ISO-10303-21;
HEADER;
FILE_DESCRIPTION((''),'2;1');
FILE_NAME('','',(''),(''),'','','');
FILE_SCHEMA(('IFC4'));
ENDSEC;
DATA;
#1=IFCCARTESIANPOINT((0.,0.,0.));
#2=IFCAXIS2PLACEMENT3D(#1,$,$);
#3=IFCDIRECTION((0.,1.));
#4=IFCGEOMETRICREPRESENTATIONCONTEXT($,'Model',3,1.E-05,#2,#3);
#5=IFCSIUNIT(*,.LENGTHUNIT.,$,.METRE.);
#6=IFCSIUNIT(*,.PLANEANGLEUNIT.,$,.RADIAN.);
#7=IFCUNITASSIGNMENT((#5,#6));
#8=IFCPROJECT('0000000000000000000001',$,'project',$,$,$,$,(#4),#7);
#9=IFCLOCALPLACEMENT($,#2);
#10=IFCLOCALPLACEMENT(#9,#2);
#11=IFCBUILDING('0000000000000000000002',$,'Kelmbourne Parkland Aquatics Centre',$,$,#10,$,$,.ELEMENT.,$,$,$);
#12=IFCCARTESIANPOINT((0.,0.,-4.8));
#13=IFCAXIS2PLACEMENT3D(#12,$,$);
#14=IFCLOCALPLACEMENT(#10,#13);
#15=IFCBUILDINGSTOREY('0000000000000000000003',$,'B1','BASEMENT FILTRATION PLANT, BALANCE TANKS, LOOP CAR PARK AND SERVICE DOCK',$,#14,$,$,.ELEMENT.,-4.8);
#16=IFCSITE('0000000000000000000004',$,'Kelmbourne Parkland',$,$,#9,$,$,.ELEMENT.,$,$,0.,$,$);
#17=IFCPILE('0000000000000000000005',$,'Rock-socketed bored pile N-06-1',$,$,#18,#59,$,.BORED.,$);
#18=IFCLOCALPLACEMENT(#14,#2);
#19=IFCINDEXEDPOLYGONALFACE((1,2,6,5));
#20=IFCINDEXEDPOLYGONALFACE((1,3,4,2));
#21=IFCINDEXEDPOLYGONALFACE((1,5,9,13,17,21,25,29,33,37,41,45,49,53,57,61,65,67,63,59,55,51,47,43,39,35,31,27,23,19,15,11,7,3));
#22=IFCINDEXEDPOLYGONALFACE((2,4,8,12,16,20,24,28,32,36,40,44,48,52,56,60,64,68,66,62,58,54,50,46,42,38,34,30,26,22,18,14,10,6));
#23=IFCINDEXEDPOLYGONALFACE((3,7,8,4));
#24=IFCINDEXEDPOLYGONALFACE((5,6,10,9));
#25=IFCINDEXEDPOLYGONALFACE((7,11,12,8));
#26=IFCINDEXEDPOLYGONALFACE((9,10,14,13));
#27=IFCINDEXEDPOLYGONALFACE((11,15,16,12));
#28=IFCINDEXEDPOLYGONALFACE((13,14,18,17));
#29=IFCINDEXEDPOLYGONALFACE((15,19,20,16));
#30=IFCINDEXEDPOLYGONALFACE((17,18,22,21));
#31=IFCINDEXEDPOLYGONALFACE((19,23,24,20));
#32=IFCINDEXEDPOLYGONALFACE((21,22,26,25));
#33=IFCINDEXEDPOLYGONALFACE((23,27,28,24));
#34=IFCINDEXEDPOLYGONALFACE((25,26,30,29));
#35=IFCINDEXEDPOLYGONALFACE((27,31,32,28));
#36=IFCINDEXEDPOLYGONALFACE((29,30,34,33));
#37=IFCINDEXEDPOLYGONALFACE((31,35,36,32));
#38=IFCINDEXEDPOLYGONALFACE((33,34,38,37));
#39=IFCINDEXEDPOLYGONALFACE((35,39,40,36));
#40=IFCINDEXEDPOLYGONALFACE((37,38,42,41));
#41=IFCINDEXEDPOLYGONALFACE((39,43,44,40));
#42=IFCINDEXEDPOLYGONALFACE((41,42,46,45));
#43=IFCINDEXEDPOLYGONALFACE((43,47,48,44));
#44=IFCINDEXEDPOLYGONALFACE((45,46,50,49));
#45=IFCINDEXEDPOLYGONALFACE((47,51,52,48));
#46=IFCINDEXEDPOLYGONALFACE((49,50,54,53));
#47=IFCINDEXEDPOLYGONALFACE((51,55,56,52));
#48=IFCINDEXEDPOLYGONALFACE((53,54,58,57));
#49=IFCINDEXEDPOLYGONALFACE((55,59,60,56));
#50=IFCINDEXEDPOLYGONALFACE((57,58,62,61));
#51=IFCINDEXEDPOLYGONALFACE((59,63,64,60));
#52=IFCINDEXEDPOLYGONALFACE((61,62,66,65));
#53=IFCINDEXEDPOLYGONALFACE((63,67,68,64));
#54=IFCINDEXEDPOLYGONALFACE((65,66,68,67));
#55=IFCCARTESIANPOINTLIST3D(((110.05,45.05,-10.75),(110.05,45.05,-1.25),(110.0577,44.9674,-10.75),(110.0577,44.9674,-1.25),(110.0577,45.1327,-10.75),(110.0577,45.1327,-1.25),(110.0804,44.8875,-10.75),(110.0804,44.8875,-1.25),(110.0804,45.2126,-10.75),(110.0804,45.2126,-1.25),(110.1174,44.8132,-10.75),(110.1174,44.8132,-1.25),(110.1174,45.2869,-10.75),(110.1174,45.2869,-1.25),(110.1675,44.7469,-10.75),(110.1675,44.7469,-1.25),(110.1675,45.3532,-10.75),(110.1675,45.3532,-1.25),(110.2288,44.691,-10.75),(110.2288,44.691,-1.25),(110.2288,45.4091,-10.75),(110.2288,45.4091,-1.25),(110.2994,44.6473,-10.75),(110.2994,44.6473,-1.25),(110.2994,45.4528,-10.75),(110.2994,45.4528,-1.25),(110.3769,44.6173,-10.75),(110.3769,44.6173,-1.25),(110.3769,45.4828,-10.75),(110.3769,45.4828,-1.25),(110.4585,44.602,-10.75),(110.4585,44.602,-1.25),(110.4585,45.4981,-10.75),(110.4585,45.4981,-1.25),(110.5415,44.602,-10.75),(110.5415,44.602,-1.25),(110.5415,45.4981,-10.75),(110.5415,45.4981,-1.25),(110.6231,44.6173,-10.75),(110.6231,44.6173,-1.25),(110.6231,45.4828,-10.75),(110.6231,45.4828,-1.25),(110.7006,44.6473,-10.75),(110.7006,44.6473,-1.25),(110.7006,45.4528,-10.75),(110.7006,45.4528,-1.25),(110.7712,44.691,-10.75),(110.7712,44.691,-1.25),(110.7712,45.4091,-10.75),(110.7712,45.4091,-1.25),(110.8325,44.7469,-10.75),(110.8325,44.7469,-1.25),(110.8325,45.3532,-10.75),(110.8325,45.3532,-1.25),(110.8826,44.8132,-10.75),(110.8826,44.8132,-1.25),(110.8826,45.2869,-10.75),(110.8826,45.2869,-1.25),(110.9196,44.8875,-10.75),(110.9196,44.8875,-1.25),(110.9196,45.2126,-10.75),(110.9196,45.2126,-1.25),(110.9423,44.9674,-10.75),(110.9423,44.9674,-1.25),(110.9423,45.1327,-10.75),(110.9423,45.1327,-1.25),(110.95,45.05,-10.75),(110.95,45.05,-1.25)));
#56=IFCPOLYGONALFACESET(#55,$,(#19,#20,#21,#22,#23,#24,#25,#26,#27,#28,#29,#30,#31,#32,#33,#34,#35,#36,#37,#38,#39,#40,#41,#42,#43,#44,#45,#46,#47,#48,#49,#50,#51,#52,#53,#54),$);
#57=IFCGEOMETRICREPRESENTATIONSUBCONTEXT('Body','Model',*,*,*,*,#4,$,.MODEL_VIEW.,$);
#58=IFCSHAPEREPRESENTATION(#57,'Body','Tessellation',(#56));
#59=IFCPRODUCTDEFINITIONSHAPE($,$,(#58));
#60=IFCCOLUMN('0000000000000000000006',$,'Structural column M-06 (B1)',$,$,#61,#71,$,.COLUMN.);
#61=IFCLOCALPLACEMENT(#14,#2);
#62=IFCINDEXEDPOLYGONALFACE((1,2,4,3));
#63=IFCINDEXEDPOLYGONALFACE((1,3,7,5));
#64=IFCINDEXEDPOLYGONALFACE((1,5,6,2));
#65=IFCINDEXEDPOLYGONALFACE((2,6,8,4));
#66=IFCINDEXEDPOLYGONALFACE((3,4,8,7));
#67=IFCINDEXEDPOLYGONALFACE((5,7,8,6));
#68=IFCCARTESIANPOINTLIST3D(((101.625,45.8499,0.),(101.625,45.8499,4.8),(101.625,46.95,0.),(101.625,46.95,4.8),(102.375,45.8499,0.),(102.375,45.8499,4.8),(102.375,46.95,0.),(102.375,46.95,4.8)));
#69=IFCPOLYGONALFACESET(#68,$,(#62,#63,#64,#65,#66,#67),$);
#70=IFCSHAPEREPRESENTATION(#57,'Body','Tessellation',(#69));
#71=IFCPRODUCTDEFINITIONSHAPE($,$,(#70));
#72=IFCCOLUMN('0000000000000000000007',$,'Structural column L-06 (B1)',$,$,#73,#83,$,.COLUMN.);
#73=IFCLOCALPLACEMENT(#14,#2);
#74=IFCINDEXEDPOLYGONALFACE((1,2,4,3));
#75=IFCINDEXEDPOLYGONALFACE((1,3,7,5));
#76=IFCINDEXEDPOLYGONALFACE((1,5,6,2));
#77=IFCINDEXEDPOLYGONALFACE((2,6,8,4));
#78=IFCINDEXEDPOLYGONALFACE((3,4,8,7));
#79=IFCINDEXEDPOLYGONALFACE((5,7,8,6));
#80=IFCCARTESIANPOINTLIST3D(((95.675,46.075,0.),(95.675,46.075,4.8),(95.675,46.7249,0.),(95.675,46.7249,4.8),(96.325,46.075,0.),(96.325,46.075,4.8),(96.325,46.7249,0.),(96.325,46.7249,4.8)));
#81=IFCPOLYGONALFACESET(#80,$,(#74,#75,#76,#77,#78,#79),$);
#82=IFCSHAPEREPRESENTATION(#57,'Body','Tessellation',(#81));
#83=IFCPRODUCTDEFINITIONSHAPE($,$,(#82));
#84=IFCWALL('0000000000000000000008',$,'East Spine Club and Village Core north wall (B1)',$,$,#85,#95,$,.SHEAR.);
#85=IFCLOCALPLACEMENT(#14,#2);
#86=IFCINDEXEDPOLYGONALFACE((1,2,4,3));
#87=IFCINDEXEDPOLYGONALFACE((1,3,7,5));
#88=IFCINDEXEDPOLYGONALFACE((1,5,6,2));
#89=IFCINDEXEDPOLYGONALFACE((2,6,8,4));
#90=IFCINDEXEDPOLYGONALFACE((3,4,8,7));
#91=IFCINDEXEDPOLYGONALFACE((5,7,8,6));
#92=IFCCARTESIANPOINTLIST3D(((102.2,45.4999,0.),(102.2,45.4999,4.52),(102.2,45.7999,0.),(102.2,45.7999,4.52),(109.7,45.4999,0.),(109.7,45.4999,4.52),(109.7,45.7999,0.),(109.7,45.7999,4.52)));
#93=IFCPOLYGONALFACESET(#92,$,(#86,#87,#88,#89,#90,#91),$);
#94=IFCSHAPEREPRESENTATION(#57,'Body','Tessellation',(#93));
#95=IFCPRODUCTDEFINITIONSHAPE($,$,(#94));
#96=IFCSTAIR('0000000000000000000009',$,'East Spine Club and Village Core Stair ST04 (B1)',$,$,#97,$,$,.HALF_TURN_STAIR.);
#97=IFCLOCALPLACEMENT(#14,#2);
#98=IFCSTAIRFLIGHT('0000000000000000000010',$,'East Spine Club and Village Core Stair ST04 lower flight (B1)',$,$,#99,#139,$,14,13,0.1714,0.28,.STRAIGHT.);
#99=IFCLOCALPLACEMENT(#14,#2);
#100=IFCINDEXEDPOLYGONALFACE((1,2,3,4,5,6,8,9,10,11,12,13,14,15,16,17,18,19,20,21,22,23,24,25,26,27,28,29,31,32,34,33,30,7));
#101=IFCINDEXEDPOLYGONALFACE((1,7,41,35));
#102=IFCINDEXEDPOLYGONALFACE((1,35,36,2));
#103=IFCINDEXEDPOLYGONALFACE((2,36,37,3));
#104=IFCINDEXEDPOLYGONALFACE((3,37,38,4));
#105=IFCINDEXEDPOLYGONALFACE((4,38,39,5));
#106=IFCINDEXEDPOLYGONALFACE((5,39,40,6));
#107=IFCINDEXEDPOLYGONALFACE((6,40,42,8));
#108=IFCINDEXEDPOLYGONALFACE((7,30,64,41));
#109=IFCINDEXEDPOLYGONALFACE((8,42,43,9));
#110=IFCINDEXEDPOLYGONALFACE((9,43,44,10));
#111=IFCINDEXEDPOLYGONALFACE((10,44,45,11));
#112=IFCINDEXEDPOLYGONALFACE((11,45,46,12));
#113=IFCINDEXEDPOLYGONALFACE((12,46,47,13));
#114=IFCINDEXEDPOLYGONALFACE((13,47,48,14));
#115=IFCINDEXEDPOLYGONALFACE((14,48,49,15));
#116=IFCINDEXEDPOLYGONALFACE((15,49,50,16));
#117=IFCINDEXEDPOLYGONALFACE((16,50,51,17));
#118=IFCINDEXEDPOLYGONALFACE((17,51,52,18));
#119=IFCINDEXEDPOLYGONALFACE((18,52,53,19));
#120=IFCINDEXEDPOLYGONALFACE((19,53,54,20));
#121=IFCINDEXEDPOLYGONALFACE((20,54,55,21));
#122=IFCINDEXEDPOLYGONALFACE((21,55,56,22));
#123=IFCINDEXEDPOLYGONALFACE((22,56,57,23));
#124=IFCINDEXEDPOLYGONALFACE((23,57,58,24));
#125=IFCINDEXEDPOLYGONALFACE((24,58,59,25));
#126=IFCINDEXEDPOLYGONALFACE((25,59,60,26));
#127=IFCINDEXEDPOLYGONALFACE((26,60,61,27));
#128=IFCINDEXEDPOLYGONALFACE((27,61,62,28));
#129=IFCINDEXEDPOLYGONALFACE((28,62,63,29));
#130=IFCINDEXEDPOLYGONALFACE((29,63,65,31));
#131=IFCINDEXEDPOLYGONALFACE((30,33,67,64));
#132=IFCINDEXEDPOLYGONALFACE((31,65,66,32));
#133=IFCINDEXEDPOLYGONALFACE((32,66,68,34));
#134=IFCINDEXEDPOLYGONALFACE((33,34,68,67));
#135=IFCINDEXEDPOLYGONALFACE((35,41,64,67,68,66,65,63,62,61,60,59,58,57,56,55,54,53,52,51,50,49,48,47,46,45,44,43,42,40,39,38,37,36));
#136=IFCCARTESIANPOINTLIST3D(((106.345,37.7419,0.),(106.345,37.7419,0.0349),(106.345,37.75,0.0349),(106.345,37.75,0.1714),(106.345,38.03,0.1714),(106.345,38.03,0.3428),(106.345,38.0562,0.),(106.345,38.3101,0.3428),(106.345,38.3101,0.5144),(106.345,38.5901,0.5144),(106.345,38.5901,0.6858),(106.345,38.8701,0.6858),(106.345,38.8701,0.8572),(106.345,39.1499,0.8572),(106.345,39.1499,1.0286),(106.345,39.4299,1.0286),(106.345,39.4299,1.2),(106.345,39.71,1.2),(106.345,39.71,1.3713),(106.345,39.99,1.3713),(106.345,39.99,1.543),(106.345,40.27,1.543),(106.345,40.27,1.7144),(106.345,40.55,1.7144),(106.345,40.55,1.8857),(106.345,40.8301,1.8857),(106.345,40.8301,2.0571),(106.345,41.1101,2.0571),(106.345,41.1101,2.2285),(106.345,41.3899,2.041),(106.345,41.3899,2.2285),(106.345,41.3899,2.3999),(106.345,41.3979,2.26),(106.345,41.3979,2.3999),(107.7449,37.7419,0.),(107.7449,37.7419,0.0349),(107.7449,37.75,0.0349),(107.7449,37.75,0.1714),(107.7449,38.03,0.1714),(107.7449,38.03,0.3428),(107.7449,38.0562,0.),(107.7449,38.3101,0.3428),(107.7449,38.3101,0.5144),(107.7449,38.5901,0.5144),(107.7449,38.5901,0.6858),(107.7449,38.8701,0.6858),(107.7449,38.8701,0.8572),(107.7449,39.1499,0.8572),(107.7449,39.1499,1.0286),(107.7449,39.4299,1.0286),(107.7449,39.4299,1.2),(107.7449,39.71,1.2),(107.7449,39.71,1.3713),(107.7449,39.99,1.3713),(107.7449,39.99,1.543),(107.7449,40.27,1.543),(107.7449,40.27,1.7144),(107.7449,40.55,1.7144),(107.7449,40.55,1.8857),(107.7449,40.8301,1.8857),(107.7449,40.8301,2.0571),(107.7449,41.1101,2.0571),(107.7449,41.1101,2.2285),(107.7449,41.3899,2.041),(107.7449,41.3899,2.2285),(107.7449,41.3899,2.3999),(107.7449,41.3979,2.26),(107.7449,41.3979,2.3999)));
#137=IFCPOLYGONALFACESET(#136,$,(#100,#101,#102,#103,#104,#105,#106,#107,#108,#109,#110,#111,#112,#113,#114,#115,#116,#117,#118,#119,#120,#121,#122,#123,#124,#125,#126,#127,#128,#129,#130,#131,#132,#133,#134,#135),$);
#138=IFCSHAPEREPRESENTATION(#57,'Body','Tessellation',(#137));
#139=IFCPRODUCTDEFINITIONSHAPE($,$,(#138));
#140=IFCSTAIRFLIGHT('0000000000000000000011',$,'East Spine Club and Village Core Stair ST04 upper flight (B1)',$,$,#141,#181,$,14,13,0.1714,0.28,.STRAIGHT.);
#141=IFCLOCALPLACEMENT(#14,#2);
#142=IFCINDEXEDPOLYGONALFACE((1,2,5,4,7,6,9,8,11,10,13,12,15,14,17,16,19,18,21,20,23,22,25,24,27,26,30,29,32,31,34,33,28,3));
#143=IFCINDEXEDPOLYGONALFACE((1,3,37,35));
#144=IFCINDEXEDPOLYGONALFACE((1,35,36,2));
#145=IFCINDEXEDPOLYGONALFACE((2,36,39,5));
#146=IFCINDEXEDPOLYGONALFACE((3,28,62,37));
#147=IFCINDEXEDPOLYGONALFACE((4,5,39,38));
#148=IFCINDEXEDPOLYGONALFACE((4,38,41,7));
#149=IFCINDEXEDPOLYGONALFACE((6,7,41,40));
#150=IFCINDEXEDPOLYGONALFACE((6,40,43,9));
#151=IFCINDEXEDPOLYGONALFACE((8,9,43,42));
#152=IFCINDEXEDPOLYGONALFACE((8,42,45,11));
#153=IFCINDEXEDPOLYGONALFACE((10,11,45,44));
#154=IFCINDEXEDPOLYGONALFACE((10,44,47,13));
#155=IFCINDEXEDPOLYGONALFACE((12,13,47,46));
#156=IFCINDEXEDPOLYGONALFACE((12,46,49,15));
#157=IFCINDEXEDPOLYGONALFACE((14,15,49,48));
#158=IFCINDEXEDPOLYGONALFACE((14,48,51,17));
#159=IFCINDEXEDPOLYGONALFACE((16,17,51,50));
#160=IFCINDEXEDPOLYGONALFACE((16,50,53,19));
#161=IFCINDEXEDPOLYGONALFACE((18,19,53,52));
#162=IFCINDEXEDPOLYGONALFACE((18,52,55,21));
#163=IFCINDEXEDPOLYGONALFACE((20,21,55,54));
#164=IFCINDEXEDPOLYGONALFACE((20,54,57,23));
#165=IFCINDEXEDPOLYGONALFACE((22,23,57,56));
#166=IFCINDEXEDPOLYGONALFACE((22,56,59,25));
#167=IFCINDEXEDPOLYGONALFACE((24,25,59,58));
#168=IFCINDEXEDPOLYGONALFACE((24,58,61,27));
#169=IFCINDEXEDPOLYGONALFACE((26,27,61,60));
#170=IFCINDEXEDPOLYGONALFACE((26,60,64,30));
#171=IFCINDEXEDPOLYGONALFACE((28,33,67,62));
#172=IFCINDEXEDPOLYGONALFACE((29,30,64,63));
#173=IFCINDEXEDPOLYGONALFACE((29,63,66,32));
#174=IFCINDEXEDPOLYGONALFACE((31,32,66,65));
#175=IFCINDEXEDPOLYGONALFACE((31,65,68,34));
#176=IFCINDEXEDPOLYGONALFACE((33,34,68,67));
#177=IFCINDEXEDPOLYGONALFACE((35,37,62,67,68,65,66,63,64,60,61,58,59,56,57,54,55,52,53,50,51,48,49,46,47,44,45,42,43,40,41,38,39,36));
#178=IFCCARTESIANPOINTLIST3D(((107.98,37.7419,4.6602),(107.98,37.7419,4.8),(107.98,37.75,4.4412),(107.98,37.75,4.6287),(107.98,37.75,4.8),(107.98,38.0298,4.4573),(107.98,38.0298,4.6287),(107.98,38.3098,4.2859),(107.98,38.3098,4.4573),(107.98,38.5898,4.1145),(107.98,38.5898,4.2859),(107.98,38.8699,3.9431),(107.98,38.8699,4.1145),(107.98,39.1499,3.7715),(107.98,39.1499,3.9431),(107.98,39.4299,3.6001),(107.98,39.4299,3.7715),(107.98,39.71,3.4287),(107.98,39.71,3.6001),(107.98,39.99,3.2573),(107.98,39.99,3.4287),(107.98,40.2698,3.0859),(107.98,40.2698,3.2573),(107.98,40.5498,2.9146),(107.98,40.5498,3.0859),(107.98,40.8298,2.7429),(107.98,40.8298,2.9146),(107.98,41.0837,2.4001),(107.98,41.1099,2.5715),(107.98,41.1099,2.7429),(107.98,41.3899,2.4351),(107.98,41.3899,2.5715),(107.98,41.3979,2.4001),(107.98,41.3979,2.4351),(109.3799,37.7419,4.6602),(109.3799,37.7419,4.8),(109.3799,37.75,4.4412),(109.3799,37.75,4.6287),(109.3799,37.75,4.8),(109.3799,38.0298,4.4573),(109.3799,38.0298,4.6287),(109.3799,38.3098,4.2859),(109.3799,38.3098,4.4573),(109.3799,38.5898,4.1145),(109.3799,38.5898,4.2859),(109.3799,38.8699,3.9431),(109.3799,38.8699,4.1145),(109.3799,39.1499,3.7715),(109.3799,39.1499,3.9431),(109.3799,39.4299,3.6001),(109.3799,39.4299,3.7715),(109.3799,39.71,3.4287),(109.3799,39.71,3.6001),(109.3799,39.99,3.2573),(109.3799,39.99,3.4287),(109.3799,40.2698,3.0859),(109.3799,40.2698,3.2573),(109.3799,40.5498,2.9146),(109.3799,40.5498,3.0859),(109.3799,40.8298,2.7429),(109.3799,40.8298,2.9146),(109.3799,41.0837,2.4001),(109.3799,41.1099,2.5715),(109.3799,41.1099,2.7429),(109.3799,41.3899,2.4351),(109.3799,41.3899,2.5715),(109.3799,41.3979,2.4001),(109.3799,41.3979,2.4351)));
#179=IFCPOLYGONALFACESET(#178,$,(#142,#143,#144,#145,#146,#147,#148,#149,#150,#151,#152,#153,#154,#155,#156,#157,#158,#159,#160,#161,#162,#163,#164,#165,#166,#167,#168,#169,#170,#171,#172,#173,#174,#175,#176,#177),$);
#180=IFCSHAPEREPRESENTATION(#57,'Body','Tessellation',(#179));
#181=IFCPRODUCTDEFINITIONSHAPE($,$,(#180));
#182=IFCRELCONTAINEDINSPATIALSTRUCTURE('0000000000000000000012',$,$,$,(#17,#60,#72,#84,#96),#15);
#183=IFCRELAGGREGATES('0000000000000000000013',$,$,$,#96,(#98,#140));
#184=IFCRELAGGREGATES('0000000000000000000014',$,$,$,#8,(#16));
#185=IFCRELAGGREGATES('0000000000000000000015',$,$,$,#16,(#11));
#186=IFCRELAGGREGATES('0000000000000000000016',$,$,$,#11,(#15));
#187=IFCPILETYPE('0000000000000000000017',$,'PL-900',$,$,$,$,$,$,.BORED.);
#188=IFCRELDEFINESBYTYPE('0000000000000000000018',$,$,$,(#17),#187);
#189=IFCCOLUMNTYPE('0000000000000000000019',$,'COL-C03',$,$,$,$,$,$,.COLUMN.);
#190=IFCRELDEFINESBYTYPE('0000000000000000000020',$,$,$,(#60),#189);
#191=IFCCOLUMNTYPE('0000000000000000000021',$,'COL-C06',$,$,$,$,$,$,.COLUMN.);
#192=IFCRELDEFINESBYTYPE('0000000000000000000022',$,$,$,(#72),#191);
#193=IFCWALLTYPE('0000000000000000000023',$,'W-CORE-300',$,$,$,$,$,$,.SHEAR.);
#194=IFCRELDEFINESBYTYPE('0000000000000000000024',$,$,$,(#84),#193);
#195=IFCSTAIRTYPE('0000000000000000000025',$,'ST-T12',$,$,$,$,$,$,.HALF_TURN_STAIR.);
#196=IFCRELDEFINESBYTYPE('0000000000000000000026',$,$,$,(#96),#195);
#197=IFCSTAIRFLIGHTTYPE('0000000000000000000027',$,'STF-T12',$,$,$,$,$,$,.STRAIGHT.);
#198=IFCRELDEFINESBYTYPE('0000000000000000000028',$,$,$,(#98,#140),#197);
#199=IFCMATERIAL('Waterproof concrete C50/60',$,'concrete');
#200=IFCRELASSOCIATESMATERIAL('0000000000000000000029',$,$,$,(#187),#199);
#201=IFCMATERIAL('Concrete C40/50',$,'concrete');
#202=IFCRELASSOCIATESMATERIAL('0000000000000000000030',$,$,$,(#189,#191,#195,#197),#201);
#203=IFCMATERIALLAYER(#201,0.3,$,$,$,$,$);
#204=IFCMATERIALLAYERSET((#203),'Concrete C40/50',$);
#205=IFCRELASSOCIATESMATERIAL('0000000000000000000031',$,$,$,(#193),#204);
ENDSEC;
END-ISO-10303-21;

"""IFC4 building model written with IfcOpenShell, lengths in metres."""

from ifc_helpers import new_model, si_unit, direction, frame, frame_2d, origin, origin_2d, place, context, subcontext, project, spatial, polyline, rectangle, circle, outline, extrude, material, layer, layer_set, material_profile, profile_set, type_object, element, aggregate, save


model = new_model("IFC4")

# Units and contexts
model_context = context("Model", 3, precision=1e-05, world=origin(), true_north=direction((0.0, 1.0)))
body_context = subcontext(model_context, "Body", "Model", "MODEL_VIEW")
ifc_project = project(units=[si_unit("LENGTHUNIT", "METRE"), si_unit("PLANEANGLEUNIT", "RADIAN")], contexts=[model_context])

# Site, building, storey
site_placement = place(None, origin())
site = spatial("IfcSite", under=ifc_project, at=site_placement, Name="Kelmbourne Parkland", CompositionType="ELEMENT", RefElevation=0.0)
building_placement = place(site_placement, origin())
building = spatial("IfcBuilding", under=site, at=building_placement, Name="Kelmbourne Parkland Aquatics Centre", CompositionType="ELEMENT")
storey_placement = place(building_placement, frame((0.0, 0.0, -4.8)))
storey = spatial("IfcBuildingStorey", under=building, at=storey_placement, Name="B1", Description="BASEMENT FILTRATION PLANT, BALANCE TANKS, LOOP CAR PARK AND SERVICE DOCK", CompositionType="ELEMENT", Elevation=-4.8)

# Shared definitions
ifc_material_1 = material(Name="Waterproof concrete C50/60", Category="concrete")

# Pile
ifc_material_profile_1 = material_profile(ifc_material_1, circle(Radius=0.45, at=origin_2d()), Name="PILE D900")
ifc_profile_set_1 = profile_set([ifc_material_profile_1], Name="Waterproof concrete C50/60")
pile_type_1 = type_object("IfcPileType", Name="PL-900", PredefinedType="BORED", material=ifc_profile_set_1)
for number, where, z_axis, x_axis, name in (
    (1, (110.5, 45.05, -1.25), (0.0, 0.0, -1.0), (1.0, 0.0, 0.0), "Rock-socketed bored pile N-06-1"),
):
    element("IfcPile", number, at=place(storey_placement, frame(where, z_axis=z_axis, x_axis=x_axis)), inside=storey, type_object=pile_type_1, Name=name, PredefinedType="BORED", context=body_context, shape_type="SweptSolid", body=[
        extrude(circle(Radius=0.45, at=origin_2d()), origin(), (0.0, 0.0, 1.0), 9.5),
    ])

# Columns
ifc_material_2 = material(Name="Concrete C40/50", Category="concrete")
ifc_material_profile_2 = material_profile(ifc_material_2, rectangle(XDim=0.75, YDim=1.1001, at=origin_2d()), Name="RC 750x1100")
ifc_profile_set_2 = profile_set([ifc_material_profile_2], Name="Concrete C40/50")
column_type_1 = type_object("IfcColumnType", Name="COL-C03", PredefinedType="COLUMN", material=ifc_profile_set_2)
column_1_placement = place(storey_placement, frame((102.0, 46.3999, 0.0), z_axis=(0.0, 0.0, 1.0), x_axis=(1.0, 0.0, 0.0)))
element("IfcColumn", 2, at=column_1_placement, inside=storey, type_object=column_type_1, Name="Structural column M-06 (B1)", PredefinedType="COLUMN", context=body_context, shape_type="SweptSolid", body=[
    extrude(rectangle(XDim=0.75, YDim=1.1001, at=origin_2d()), origin(), (0.0, 0.0, 1.0), 4.8),
])
ifc_material_profile_3 = material_profile(ifc_material_2, rectangle(XDim=0.6499, YDim=0.6499, at=origin_2d()), Name="RC 650x650")
ifc_profile_set_3 = profile_set([ifc_material_profile_3], Name="Concrete C40/50")
column_type_2 = type_object("IfcColumnType", Name="COL-C06", PredefinedType="COLUMN", material=ifc_profile_set_3)
column_2_placement = place(storey_placement, frame((96.0, 46.3999, 0.0), z_axis=(0.0, 0.0, 1.0), x_axis=(1.0, 0.0, 0.0)))
element("IfcColumn", 3, at=column_2_placement, inside=storey, type_object=column_type_2, Name="Structural column L-06 (B1)", PredefinedType="COLUMN", context=body_context, shape_type="SweptSolid", body=[
    extrude(rectangle(XDim=0.6499, YDim=0.6499, at=origin_2d()), origin(), (0.0, 0.0, 1.0), 4.8),
])

# Wall
ifc_layer = layer(ifc_material_2, 0.3)
ifc_layer_set = layer_set([ifc_layer], Name="Concrete C40/50")
wall_type = type_object("IfcWallType", Name="W-CORE-300", PredefinedType="SHEAR", material=ifc_layer_set)
wall_placement = place(storey_placement, frame((102.2, 45.6499, 0.0), z_axis=(0.0, 0.0, 1.0), x_axis=(1.0, 0.0, 0.0)))
element("IfcWall", 4, at=wall_placement, inside=storey, type_object=wall_type, Name="East Spine Club and Village Core north wall (B1)", PredefinedType="SHEAR", context=body_context, shape_type="SweptSolid", body=[
    extrude(rectangle(XDim=7.5, YDim=0.3, at=frame_2d((3.75, 0.0))), origin(), (0.0, 0.0, 1.0), 4.52),
])

# Stair, stair flights
stair_type = type_object("IfcStairType", Name="ST-T12", PredefinedType="HALF_TURN_STAIR", material=ifc_material_2)
stair_placement = place(storey_placement, origin())
stair = element("IfcStair", 5, at=stair_placement, inside=storey, type_object=stair_type, Name="East Spine Club and Village Core Stair ST04 (B1)", PredefinedType="HALF_TURN_STAIR")
stair_flight_type = type_object("IfcStairFlightType", Name="STF-T12", PredefinedType="STRAIGHT", material=ifc_material_2)
stair_flight_1_placement = place(storey_placement, frame((107.0449, 37.75, 0.0), z_axis=(0.0, 0.0, 1.0), x_axis=(0.0, 1.0, 0.0)))
stair_flight_1 = element("IfcStairFlight", 6, at=stair_flight_1_placement, type_object=stair_flight_type, Name="East Spine Club and Village Core Stair ST04 lower flight (B1)", NumberOfRisers=14, NumberOfTreads=13, PredefinedType="STRAIGHT", RiserHeight=0.1714, TreadLength=0.28, context=body_context, shape_type="SweptSolid", body=[
    extrude(outline(polyline([(-0.0081, 0.0), (-0.0081, 0.0349), (0.0, 0.0349), (0.0, 0.1714), (0.28, 0.1714), (0.28, 0.3428), (0.5601, 0.3428), (0.5601, 0.5144), (0.8401, 0.5144), (0.8401, 0.6858), (1.1201, 0.6858), (1.1201, 0.8572), (1.3999, 0.8572), (1.3999, 1.0286), (1.6799, 1.0286), (1.6799, 1.2), (1.96, 1.2), (1.96, 1.3713), (2.24, 1.3713), (2.24, 1.543), (2.52, 1.543), (2.52, 1.7144), (2.8, 1.7144), (2.8, 1.8857), (3.0801, 1.8857), (3.0801, 2.0571), (3.3601, 2.0571), (3.3601, 2.2285), (3.6399, 2.2285), (3.6399, 2.3999), (3.6479, 2.3999), (3.6479, 2.26), (3.6399, 2.041), (0.3062, 0.0), (-0.0081, 0.0)])), frame((0.0, 0.7, 0.0), z_axis=(0.0, -1.0, 0.0), x_axis=(1.0, 0.0, 0.0)), (0.0, 0.0, 1.0), 1.3999),
])
stair_flight_2_placement = place(storey_placement, frame((108.6799, 41.3899, 2.4001), z_axis=(0.0, 0.0, 1.0), x_axis=(0.0, -1.0, 0.0)))
stair_flight_2 = element("IfcStairFlight", 7, at=stair_flight_2_placement, type_object=stair_flight_type, Name="East Spine Club and Village Core Stair ST04 upper flight (B1)", NumberOfRisers=14, NumberOfTreads=13, PredefinedType="STRAIGHT", RiserHeight=0.1714, TreadLength=0.28, context=body_context, shape_type="SweptSolid", body=[
    extrude(outline(polyline([(-0.0081, 0.0), (-0.0081, 0.0349), (0.0, 0.0349), (0.0, 0.1714), (0.28, 0.1714), (0.28, 0.3428), (0.5601, 0.3428), (0.5601, 0.5144), (0.8401, 0.5144), (0.8401, 0.6858), (1.1201, 0.6858), (1.1201, 0.8572), (1.3999, 0.8572), (1.3999, 1.0286), (1.6799, 1.0286), (1.6799, 1.2), (1.96, 1.2), (1.96, 1.3713), (2.24, 1.3713), (2.24, 1.543), (2.52, 1.543), (2.52, 1.7144), (2.8, 1.7144), (2.8, 1.8857), (3.0801, 1.8857), (3.0801, 2.0571), (3.3601, 2.0571), (3.3601, 2.2285), (3.6399, 2.2285), (3.6399, 2.3999), (3.6479, 2.3999), (3.6479, 2.26), (3.6399, 2.041), (0.3062, 0.0), (-0.0081, 0.0)])), frame((0.0, 0.7, 0.0), z_axis=(0.0, -1.0, 0.0), x_axis=(1.0, 0.0, 0.0)), (0.0, 0.0, 1.0), 1.3999),
])
aggregate(stair, [stair_flight_1, stair_flight_2])

save(model, "model.ifc")
